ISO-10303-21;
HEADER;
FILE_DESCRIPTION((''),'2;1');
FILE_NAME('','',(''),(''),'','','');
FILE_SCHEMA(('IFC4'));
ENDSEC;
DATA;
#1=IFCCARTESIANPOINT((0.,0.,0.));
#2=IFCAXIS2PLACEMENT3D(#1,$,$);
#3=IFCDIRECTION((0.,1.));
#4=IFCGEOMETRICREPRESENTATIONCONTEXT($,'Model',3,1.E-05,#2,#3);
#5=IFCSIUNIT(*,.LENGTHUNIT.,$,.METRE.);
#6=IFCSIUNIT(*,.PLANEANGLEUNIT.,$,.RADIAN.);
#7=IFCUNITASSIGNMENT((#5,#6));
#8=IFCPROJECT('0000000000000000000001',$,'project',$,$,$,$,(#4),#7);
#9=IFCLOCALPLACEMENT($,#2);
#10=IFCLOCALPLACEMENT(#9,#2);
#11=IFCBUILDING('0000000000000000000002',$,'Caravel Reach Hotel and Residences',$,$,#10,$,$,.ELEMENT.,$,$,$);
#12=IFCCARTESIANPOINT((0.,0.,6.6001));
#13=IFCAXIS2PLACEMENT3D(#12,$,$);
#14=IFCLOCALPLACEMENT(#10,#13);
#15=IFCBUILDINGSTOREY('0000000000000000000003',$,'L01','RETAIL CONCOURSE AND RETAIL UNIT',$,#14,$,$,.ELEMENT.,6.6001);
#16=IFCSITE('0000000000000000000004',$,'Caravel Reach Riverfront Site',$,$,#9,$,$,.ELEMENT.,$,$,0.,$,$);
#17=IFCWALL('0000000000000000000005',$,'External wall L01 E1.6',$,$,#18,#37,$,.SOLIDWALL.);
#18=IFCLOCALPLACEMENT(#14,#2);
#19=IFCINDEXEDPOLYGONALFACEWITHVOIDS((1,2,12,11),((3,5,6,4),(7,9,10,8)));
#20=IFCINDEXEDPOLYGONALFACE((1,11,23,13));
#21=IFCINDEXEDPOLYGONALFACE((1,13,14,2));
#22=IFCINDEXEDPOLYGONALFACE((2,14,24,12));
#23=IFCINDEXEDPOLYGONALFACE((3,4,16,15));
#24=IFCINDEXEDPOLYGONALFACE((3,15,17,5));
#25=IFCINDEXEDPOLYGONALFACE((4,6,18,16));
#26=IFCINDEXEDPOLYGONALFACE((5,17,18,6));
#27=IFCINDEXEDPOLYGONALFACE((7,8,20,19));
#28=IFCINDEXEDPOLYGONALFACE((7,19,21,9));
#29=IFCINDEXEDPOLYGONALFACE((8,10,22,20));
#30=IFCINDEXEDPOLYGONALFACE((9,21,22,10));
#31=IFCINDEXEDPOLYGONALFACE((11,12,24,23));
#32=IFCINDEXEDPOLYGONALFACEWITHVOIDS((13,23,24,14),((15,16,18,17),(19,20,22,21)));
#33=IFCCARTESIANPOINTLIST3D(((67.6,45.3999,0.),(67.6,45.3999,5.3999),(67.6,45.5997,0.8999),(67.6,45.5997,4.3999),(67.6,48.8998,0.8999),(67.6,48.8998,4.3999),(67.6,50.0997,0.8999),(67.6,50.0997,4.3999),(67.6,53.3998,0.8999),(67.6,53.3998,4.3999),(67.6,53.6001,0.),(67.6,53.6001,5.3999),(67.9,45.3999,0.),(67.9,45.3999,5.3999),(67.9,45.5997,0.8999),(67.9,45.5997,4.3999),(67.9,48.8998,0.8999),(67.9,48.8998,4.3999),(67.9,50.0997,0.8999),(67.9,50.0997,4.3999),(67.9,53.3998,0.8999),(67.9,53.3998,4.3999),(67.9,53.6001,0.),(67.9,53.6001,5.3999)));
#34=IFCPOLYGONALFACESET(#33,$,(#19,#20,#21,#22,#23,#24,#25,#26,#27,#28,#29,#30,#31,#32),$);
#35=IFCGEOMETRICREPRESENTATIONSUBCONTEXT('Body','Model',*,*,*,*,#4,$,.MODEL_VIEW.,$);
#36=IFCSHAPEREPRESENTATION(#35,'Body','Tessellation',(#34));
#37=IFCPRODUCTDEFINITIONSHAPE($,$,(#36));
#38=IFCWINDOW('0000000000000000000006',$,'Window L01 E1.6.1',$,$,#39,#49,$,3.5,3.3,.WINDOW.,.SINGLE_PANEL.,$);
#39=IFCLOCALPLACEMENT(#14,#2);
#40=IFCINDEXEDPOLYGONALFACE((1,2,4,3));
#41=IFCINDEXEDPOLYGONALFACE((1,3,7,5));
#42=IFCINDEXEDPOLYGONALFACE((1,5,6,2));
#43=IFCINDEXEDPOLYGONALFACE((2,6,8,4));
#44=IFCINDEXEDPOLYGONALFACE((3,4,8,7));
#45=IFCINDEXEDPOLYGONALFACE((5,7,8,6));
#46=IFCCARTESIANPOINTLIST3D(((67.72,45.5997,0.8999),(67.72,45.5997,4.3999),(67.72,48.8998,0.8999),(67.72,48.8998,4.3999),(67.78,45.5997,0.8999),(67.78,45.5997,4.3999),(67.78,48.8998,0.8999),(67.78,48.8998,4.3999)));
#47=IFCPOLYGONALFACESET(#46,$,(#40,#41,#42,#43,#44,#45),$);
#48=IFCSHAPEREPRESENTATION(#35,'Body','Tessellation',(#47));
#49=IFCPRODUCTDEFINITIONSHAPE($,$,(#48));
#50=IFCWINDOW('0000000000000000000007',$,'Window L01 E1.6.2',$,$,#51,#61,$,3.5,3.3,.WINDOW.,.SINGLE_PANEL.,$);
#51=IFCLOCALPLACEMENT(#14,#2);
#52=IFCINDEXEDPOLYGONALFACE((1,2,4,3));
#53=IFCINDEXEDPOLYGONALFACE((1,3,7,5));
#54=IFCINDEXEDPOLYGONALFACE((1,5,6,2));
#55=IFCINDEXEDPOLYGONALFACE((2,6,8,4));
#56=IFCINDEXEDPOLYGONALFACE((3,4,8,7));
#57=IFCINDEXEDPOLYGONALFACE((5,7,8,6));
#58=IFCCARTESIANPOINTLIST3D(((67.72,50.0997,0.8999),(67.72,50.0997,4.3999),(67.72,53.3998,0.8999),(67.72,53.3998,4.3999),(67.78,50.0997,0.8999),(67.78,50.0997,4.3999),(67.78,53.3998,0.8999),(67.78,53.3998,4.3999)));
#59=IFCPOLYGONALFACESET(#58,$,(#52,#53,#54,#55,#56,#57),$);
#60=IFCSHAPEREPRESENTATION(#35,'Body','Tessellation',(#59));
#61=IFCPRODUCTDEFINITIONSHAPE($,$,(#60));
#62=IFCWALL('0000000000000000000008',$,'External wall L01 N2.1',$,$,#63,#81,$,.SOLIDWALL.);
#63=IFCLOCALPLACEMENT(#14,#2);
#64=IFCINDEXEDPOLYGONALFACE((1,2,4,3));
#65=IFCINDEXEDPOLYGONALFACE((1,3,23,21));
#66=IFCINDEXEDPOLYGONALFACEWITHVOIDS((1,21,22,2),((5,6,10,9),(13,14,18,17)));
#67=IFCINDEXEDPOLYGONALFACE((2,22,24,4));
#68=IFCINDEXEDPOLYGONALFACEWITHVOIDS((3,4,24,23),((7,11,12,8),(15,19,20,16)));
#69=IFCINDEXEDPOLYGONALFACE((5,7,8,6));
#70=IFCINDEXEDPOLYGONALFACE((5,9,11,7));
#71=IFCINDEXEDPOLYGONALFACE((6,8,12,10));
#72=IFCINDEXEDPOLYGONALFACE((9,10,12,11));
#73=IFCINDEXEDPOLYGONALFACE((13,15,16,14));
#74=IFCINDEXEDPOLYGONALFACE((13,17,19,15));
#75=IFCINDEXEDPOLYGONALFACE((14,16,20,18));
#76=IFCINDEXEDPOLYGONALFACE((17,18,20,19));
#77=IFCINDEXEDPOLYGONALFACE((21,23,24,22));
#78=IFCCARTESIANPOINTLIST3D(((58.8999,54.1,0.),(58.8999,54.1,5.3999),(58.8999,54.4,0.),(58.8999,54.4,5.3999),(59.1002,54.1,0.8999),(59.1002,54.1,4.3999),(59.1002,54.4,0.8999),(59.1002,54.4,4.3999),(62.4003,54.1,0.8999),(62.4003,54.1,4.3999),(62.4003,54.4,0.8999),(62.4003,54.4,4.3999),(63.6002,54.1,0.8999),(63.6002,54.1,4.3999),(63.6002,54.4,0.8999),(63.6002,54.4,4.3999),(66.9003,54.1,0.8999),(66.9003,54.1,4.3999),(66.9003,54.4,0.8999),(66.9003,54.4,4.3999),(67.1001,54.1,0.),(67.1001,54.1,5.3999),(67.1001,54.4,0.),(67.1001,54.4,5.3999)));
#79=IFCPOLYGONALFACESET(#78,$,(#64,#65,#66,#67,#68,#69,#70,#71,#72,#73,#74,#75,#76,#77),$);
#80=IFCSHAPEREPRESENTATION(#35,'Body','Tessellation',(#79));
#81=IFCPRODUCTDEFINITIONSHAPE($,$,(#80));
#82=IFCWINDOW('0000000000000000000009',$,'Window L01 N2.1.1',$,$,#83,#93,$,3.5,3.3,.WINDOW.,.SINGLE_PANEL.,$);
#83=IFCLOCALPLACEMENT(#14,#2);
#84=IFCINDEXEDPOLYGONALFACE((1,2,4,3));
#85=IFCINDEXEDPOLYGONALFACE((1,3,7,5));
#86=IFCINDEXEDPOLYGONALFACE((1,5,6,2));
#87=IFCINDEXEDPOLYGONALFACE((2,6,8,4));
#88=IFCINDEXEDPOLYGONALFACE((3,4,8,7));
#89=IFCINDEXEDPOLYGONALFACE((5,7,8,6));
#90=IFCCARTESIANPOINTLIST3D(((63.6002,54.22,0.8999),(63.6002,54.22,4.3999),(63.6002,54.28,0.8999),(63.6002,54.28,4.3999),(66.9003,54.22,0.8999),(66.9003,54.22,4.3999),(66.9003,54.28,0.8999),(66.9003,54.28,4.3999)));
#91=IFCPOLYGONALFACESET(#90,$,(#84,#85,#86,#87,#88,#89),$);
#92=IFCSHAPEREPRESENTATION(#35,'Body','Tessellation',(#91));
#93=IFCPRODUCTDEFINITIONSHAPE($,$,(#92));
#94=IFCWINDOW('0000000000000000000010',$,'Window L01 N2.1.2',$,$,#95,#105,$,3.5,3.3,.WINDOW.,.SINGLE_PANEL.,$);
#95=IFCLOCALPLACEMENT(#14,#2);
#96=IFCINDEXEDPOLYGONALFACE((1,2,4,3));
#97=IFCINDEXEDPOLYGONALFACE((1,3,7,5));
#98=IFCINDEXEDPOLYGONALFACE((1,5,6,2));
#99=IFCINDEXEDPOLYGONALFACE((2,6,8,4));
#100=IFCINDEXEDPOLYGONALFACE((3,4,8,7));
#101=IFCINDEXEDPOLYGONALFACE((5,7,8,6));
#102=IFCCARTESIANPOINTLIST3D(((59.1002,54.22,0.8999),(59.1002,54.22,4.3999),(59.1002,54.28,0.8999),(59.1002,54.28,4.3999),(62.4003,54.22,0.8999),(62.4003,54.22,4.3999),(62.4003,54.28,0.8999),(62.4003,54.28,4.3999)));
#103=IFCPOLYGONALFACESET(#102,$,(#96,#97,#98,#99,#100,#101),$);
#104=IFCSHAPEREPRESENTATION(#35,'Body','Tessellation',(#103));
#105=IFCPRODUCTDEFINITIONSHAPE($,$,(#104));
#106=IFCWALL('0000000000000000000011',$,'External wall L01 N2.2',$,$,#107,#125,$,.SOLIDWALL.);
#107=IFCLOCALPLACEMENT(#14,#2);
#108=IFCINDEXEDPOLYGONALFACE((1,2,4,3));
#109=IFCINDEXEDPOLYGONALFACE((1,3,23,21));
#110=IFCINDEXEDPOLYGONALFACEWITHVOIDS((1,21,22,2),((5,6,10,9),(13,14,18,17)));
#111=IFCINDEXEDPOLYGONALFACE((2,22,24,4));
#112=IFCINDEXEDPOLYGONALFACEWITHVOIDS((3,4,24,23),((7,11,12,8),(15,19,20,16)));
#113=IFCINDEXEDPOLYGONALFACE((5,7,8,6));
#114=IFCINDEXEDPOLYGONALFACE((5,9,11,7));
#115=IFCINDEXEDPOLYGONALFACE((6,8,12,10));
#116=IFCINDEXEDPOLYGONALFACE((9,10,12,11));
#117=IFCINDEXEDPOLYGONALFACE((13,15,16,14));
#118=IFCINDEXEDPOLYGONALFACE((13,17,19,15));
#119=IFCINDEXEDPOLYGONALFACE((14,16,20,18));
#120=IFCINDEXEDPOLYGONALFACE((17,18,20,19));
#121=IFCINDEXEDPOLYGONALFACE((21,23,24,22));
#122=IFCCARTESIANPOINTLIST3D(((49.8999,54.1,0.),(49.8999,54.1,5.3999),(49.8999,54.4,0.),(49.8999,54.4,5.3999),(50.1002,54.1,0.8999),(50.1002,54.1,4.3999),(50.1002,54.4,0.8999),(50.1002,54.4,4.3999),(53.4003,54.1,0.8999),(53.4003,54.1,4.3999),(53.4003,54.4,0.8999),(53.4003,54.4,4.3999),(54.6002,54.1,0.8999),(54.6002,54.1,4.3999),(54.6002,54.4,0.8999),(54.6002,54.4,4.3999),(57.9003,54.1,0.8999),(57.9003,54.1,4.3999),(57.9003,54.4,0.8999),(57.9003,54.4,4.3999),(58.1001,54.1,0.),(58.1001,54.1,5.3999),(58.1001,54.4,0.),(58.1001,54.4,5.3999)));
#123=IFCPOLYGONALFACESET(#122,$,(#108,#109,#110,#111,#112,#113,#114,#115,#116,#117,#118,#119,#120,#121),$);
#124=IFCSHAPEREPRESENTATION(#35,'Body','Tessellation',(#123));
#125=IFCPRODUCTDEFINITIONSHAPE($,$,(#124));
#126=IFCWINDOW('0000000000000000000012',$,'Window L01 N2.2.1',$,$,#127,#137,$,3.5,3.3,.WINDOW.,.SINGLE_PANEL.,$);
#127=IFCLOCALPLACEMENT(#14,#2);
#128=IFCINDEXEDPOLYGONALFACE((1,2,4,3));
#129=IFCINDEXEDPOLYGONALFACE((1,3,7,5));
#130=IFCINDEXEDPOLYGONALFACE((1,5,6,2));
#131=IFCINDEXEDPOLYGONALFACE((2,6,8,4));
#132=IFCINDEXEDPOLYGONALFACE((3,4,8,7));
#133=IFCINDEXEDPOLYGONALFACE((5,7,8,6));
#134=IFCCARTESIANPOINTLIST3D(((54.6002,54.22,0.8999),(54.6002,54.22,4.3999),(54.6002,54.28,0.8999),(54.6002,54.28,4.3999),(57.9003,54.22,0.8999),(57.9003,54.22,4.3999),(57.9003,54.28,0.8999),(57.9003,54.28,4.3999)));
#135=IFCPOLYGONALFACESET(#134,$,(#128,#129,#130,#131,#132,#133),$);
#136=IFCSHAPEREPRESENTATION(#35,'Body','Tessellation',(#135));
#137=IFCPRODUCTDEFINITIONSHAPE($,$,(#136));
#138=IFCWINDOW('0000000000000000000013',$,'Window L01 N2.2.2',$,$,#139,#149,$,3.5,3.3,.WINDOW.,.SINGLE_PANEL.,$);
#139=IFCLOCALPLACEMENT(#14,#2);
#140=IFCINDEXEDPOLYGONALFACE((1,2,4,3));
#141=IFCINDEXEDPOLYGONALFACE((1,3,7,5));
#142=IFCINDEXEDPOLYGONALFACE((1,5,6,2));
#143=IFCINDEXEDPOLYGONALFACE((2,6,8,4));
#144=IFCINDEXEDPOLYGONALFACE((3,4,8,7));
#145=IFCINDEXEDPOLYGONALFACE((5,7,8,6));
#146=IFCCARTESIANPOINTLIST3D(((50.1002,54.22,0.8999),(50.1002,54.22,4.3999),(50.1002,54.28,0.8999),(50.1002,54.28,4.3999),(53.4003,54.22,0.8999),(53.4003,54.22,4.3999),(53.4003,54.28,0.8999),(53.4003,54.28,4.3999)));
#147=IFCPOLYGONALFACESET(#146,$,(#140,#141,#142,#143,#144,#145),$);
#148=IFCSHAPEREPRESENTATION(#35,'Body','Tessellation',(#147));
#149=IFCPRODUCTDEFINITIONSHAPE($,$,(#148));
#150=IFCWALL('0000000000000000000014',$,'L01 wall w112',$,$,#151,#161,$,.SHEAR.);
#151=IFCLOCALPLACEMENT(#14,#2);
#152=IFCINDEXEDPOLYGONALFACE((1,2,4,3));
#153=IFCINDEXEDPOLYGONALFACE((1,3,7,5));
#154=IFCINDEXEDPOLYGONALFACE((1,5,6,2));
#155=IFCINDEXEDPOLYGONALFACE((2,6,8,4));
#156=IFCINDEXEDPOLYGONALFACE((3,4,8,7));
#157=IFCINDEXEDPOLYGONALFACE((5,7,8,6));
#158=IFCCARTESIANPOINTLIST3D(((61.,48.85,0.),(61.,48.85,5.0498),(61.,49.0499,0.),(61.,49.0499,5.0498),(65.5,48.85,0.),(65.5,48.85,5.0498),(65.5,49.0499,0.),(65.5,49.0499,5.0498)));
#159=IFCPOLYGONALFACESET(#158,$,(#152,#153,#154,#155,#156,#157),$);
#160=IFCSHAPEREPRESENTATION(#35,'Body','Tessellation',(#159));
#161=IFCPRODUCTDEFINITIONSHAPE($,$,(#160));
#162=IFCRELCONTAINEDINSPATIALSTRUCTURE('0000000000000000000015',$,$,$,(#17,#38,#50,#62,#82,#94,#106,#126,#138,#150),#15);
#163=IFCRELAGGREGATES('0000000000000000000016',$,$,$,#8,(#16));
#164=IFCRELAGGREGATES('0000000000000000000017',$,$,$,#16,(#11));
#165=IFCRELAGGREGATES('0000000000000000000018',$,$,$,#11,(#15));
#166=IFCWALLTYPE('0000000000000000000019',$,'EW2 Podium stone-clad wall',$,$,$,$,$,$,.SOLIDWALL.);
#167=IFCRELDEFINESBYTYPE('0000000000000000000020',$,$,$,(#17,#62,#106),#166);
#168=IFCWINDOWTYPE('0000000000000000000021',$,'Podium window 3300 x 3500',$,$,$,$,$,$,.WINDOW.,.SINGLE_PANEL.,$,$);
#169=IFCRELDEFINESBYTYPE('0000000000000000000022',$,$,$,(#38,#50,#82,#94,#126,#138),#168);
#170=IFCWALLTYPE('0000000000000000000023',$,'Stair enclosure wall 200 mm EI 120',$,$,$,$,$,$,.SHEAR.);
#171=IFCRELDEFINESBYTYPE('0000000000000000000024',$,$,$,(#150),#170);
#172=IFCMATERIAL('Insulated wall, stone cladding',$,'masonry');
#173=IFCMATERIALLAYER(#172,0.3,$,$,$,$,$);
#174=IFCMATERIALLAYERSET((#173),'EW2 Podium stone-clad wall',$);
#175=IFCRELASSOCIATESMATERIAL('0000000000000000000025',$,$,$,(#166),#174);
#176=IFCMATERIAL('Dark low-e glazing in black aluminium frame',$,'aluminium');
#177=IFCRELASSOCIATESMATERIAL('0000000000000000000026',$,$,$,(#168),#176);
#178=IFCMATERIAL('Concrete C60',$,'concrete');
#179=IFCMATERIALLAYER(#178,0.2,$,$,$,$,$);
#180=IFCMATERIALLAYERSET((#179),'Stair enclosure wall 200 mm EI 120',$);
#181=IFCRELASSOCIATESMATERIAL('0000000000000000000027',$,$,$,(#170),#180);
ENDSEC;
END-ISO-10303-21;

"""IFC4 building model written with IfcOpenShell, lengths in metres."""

from ifc_helpers import new_model, si_unit, direction, frame, frame_2d, origin, place, context, subcontext, project, spatial, rectangle, extrude, material, layer, layer_set, type_object, element, fill, save


model = new_model("IFC4")

# Units and contexts
model_context = context("Model", 3, precision=1e-05, world=origin(), true_north=direction((0.0, 1.0)))
body_context = subcontext(model_context, "Body", "Model", "MODEL_VIEW")
ifc_project = project(units=[si_unit("LENGTHUNIT", "METRE"), si_unit("PLANEANGLEUNIT", "RADIAN")], contexts=[model_context])

# Site, building, storey
site_placement = place(None, origin())
site = spatial("IfcSite", under=ifc_project, at=site_placement, Name="Caravel Reach Riverfront Site", CompositionType="ELEMENT", RefElevation=0.0)
building_placement = place(site_placement, origin())
building = spatial("IfcBuilding", under=site, at=building_placement, Name="Caravel Reach Hotel and Residences", CompositionType="ELEMENT")
storey_placement = place(building_placement, frame((0.0, 0.0, 6.6001)))
storey = spatial("IfcBuildingStorey", under=building, at=storey_placement, Name="L01", Description="RETAIL CONCOURSE AND RETAIL UNIT", CompositionType="ELEMENT", Elevation=6.6001)

# Walls, openings, windows
ifc_material_1 = material(Name="Insulated wall, stone cladding", Category="masonry")
ifc_layer_1 = layer(ifc_material_1, 0.3)
ifc_layer_set_1 = layer_set([ifc_layer_1], Name="EW2 Podium stone-clad wall")
wall_type_1 = type_object("IfcWallType", Name="EW2 Podium stone-clad wall", PredefinedType="SOLIDWALL", material=ifc_layer_set_1)
wall_1_placement = place(storey_placement, frame((67.75, 45.3999, 0.0), z_axis=(0.0, 0.0, 1.0), x_axis=(0.0, 1.0, 0.0)))
wall_1 = element("IfcWall", 1, at=wall_1_placement, inside=storey, type_object=wall_type_1, Name="External wall L01 E1.6", PredefinedType="SOLIDWALL", context=body_context, shape_type="SweptSolid", body=[
    extrude(rectangle(XDim=8.2002, YDim=0.3, at=frame_2d((4.1001, 0.0))), origin(), (0.0, 0.0, 1.0), 5.3999),
])
opening_1_placement = place(wall_1_placement, frame((0.2, 0.0, 0.8999)))
opening_1 = element("IfcOpeningElement", 2, at=opening_1_placement, cuts=wall_1, PredefinedType="OPENING", context=body_context, shape_type="SweptSolid", body=[
    extrude(rectangle(XDim=3.3, YDim=3.5, at=frame_2d((1.6499, 1.75))), frame((0.0, 0.1599, 0.0), z_axis=(0.0, -1.0, 0.0), x_axis=(1.0, 0.0, 0.0)), (0.0, 0.0, 1.0), 0.3201),
])
opening_2_placement = place(wall_1_placement, frame((4.7, 0.0, 0.8999)))
opening_2 = element("IfcOpeningElement", 3, at=opening_2_placement, cuts=wall_1, PredefinedType="OPENING", context=body_context, shape_type="SweptSolid", body=[
    extrude(rectangle(XDim=3.3, YDim=3.5, at=frame_2d((1.6499, 1.75))), frame((0.0, 0.1599, 0.0), z_axis=(0.0, -1.0, 0.0), x_axis=(1.0, 0.0, 0.0)), (0.0, 0.0, 1.0), 0.3201),
])
ifc_material_2 = material(Name="Dark low-e glazing in black aluminium frame", Category="aluminium")
window_type = type_object("IfcWindowType", Name="Podium window 3300 x 3500", PartitioningType="SINGLE_PANEL", PredefinedType="WINDOW", material=ifc_material_2)
window_1_placement = place(opening_1_placement, origin())
window_1 = element("IfcWindow", 4, at=window_1_placement, inside=storey, type_object=window_type, Name="Window L01 E1.6.1", OverallHeight=3.5, OverallWidth=3.3, PartitioningType="SINGLE_PANEL", PredefinedType="WINDOW", context=body_context, shape_type="SweptSolid", body=[
    extrude(rectangle(XDim=3.3, YDim=3.5, at=frame_2d((1.6499, 1.75))), frame((0.0, 0.03, 0.0), z_axis=(0.0, -1.0, 0.0), x_axis=(1.0, 0.0, 0.0)), (0.0, 0.0, 1.0), 0.0601),
])
fill(opening_1, window_1)
window_2_placement = place(opening_2_placement, origin())
window_2 = element("IfcWindow", 5, at=window_2_placement, inside=storey, type_object=window_type, Name="Window L01 E1.6.2", OverallHeight=3.5, OverallWidth=3.3, PartitioningType="SINGLE_PANEL", PredefinedType="WINDOW", context=body_context, shape_type="SweptSolid", body=[
    extrude(rectangle(XDim=3.3, YDim=3.5, at=frame_2d((1.6499, 1.75))), frame((0.0, 0.03, 0.0), z_axis=(0.0, -1.0, 0.0), x_axis=(1.0, 0.0, 0.0)), (0.0, 0.0, 1.0), 0.0601),
])
fill(opening_2, window_2)
wall_2_placement = place(storey_placement, frame((67.1001, 54.25, 0.0), z_axis=(0.0, 0.0, 1.0), x_axis=(-1.0, 0.0, 0.0)))
wall_2 = element("IfcWall", 6, at=wall_2_placement, inside=storey, type_object=wall_type_1, Name="External wall L01 N2.1", PredefinedType="SOLIDWALL", context=body_context, shape_type="SweptSolid", body=[
    extrude(rectangle(XDim=8.2002, YDim=0.3, at=frame_2d((4.1001, 0.0))), origin(), (0.0, 0.0, 1.0), 5.3999),
])
opening_3_placement = place(wall_2_placement, frame((0.2, 0.0, 0.8999)))
opening_3 = element("IfcOpeningElement", 7, at=opening_3_placement, cuts=wall_2, PredefinedType="OPENING", context=body_context, shape_type="SweptSolid", body=[
    extrude(rectangle(XDim=3.3, YDim=3.5, at=frame_2d((1.6499, 1.75))), frame((0.0, 0.1599, 0.0), z_axis=(0.0, -1.0, 0.0), x_axis=(1.0, 0.0, 0.0)), (0.0, 0.0, 1.0), 0.3201),
])
opening_4_placement = place(wall_2_placement, frame((4.7, 0.0, 0.8999)))
opening_4 = element("IfcOpeningElement", 8, at=opening_4_placement, cuts=wall_2, PredefinedType="OPENING", context=body_context, shape_type="SweptSolid", body=[
    extrude(rectangle(XDim=3.3, YDim=3.5, at=frame_2d((1.6499, 1.75))), frame((0.0, 0.1599, 0.0), z_axis=(0.0, -1.0, 0.0), x_axis=(1.0, 0.0, 0.0)), (0.0, 0.0, 1.0), 0.3201),
])
window_3_placement = place(opening_3_placement, origin())
window_3 = element("IfcWindow", 9, at=window_3_placement, inside=storey, type_object=window_type, Name="Window L01 N2.1.1", OverallHeight=3.5, OverallWidth=3.3, PartitioningType="SINGLE_PANEL", PredefinedType="WINDOW", context=body_context, shape_type="SweptSolid", body=[
    extrude(rectangle(XDim=3.3, YDim=3.5, at=frame_2d((1.6499, 1.75))), frame((0.0, 0.03, 0.0), z_axis=(0.0, -1.0, 0.0), x_axis=(1.0, 0.0, 0.0)), (0.0, 0.0, 1.0), 0.0601),
])
fill(opening_3, window_3)
window_4_placement = place(opening_4_placement, origin())
window_4 = element("IfcWindow", 10, at=window_4_placement, inside=storey, type_object=window_type, Name="Window L01 N2.1.2", OverallHeight=3.5, OverallWidth=3.3, PartitioningType="SINGLE_PANEL", PredefinedType="WINDOW", context=body_context, shape_type="SweptSolid", body=[
    extrude(rectangle(XDim=3.3, YDim=3.5, at=frame_2d((1.6499, 1.75))), frame((0.0, 0.03, 0.0), z_axis=(0.0, -1.0, 0.0), x_axis=(1.0, 0.0, 0.0)), (0.0, 0.0, 1.0), 0.0601),
])
fill(opening_4, window_4)
wall_3_placement = place(storey_placement, frame((58.1001, 54.25, 0.0), z_axis=(0.0, 0.0, 1.0), x_axis=(-1.0, 0.0, 0.0)))
wall_3 = element("IfcWall", 11, at=wall_3_placement, inside=storey, type_object=wall_type_1, Name="External wall L01 N2.2", PredefinedType="SOLIDWALL", context=body_context, shape_type="SweptSolid", body=[
    extrude(rectangle(XDim=8.2002, YDim=0.3, at=frame_2d((4.1001, 0.0))), origin(), (0.0, 0.0, 1.0), 5.3999),
])
opening_5_placement = place(wall_3_placement, frame((0.2, 0.0, 0.8999)))
opening_5 = element("IfcOpeningElement", 12, at=opening_5_placement, cuts=wall_3, PredefinedType="OPENING", context=body_context, shape_type="SweptSolid", body=[
    extrude(rectangle(XDim=3.3, YDim=3.5, at=frame_2d((1.6499, 1.75))), frame((0.0, 0.1599, 0.0), z_axis=(0.0, -1.0, 0.0), x_axis=(1.0, 0.0, 0.0)), (0.0, 0.0, 1.0), 0.3201),
])
opening_6_placement = place(wall_3_placement, frame((4.7, 0.0, 0.8999)))
opening_6 = element("IfcOpeningElement", 13, at=opening_6_placement, cuts=wall_3, PredefinedType="OPENING", context=body_context, shape_type="SweptSolid", body=[
    extrude(rectangle(XDim=3.3, YDim=3.5, at=frame_2d((1.6499, 1.75))), frame((0.0, 0.1599, 0.0), z_axis=(0.0, -1.0, 0.0), x_axis=(1.0, 0.0, 0.0)), (0.0, 0.0, 1.0), 0.3201),
])
window_5_placement = place(opening_5_placement, origin())
window_5 = element("IfcWindow", 14, at=window_5_placement, inside=storey, type_object=window_type, Name="Window L01 N2.2.1", OverallHeight=3.5, OverallWidth=3.3, PartitioningType="SINGLE_PANEL", PredefinedType="WINDOW", context=body_context, shape_type="SweptSolid", body=[
    extrude(rectangle(XDim=3.3, YDim=3.5, at=frame_2d((1.6499, 1.75))), frame((0.0, 0.03, 0.0), z_axis=(0.0, -1.0, 0.0), x_axis=(1.0, 0.0, 0.0)), (0.0, 0.0, 1.0), 0.0601),
])
fill(opening_5, window_5)
window_6_placement = place(opening_6_placement, origin())
window_6 = element("IfcWindow", 15, at=window_6_placement, inside=storey, type_object=window_type, Name="Window L01 N2.2.2", OverallHeight=3.5, OverallWidth=3.3, PartitioningType="SINGLE_PANEL", PredefinedType="WINDOW", context=body_context, shape_type="SweptSolid", body=[
    extrude(rectangle(XDim=3.3, YDim=3.5, at=frame_2d((1.6499, 1.75))), frame((0.0, 0.03, 0.0), z_axis=(0.0, -1.0, 0.0), x_axis=(1.0, 0.0, 0.0)), (0.0, 0.0, 1.0), 0.0601),
])
fill(opening_6, window_6)

# Wall
ifc_material_3 = material(Name="Concrete C60", Category="concrete")
ifc_layer_2 = layer(ifc_material_3, 0.2)
ifc_layer_set_2 = layer_set([ifc_layer_2], Name="Stair enclosure wall 200 mm EI 120")
wall_type_2 = type_object("IfcWallType", Name="Stair enclosure wall 200 mm EI 120", PredefinedType="SHEAR", material=ifc_layer_set_2)
wall_4_placement = place(storey_placement, frame((61.0, 48.95, 0.0), z_axis=(0.0, 0.0, 1.0), x_axis=(1.0, 0.0, 0.0)))
element("IfcWall", 16, at=wall_4_placement, inside=storey, type_object=wall_type_2, Name="L01 wall w112", PredefinedType="SHEAR", context=body_context, shape_type="SweptSolid", body=[
    extrude(rectangle(XDim=4.5, YDim=0.2, at=frame_2d((2.25, 0.0))), origin(), (0.0, 0.0, 1.0), 5.0498),
])

save(model, "model.ifc")
